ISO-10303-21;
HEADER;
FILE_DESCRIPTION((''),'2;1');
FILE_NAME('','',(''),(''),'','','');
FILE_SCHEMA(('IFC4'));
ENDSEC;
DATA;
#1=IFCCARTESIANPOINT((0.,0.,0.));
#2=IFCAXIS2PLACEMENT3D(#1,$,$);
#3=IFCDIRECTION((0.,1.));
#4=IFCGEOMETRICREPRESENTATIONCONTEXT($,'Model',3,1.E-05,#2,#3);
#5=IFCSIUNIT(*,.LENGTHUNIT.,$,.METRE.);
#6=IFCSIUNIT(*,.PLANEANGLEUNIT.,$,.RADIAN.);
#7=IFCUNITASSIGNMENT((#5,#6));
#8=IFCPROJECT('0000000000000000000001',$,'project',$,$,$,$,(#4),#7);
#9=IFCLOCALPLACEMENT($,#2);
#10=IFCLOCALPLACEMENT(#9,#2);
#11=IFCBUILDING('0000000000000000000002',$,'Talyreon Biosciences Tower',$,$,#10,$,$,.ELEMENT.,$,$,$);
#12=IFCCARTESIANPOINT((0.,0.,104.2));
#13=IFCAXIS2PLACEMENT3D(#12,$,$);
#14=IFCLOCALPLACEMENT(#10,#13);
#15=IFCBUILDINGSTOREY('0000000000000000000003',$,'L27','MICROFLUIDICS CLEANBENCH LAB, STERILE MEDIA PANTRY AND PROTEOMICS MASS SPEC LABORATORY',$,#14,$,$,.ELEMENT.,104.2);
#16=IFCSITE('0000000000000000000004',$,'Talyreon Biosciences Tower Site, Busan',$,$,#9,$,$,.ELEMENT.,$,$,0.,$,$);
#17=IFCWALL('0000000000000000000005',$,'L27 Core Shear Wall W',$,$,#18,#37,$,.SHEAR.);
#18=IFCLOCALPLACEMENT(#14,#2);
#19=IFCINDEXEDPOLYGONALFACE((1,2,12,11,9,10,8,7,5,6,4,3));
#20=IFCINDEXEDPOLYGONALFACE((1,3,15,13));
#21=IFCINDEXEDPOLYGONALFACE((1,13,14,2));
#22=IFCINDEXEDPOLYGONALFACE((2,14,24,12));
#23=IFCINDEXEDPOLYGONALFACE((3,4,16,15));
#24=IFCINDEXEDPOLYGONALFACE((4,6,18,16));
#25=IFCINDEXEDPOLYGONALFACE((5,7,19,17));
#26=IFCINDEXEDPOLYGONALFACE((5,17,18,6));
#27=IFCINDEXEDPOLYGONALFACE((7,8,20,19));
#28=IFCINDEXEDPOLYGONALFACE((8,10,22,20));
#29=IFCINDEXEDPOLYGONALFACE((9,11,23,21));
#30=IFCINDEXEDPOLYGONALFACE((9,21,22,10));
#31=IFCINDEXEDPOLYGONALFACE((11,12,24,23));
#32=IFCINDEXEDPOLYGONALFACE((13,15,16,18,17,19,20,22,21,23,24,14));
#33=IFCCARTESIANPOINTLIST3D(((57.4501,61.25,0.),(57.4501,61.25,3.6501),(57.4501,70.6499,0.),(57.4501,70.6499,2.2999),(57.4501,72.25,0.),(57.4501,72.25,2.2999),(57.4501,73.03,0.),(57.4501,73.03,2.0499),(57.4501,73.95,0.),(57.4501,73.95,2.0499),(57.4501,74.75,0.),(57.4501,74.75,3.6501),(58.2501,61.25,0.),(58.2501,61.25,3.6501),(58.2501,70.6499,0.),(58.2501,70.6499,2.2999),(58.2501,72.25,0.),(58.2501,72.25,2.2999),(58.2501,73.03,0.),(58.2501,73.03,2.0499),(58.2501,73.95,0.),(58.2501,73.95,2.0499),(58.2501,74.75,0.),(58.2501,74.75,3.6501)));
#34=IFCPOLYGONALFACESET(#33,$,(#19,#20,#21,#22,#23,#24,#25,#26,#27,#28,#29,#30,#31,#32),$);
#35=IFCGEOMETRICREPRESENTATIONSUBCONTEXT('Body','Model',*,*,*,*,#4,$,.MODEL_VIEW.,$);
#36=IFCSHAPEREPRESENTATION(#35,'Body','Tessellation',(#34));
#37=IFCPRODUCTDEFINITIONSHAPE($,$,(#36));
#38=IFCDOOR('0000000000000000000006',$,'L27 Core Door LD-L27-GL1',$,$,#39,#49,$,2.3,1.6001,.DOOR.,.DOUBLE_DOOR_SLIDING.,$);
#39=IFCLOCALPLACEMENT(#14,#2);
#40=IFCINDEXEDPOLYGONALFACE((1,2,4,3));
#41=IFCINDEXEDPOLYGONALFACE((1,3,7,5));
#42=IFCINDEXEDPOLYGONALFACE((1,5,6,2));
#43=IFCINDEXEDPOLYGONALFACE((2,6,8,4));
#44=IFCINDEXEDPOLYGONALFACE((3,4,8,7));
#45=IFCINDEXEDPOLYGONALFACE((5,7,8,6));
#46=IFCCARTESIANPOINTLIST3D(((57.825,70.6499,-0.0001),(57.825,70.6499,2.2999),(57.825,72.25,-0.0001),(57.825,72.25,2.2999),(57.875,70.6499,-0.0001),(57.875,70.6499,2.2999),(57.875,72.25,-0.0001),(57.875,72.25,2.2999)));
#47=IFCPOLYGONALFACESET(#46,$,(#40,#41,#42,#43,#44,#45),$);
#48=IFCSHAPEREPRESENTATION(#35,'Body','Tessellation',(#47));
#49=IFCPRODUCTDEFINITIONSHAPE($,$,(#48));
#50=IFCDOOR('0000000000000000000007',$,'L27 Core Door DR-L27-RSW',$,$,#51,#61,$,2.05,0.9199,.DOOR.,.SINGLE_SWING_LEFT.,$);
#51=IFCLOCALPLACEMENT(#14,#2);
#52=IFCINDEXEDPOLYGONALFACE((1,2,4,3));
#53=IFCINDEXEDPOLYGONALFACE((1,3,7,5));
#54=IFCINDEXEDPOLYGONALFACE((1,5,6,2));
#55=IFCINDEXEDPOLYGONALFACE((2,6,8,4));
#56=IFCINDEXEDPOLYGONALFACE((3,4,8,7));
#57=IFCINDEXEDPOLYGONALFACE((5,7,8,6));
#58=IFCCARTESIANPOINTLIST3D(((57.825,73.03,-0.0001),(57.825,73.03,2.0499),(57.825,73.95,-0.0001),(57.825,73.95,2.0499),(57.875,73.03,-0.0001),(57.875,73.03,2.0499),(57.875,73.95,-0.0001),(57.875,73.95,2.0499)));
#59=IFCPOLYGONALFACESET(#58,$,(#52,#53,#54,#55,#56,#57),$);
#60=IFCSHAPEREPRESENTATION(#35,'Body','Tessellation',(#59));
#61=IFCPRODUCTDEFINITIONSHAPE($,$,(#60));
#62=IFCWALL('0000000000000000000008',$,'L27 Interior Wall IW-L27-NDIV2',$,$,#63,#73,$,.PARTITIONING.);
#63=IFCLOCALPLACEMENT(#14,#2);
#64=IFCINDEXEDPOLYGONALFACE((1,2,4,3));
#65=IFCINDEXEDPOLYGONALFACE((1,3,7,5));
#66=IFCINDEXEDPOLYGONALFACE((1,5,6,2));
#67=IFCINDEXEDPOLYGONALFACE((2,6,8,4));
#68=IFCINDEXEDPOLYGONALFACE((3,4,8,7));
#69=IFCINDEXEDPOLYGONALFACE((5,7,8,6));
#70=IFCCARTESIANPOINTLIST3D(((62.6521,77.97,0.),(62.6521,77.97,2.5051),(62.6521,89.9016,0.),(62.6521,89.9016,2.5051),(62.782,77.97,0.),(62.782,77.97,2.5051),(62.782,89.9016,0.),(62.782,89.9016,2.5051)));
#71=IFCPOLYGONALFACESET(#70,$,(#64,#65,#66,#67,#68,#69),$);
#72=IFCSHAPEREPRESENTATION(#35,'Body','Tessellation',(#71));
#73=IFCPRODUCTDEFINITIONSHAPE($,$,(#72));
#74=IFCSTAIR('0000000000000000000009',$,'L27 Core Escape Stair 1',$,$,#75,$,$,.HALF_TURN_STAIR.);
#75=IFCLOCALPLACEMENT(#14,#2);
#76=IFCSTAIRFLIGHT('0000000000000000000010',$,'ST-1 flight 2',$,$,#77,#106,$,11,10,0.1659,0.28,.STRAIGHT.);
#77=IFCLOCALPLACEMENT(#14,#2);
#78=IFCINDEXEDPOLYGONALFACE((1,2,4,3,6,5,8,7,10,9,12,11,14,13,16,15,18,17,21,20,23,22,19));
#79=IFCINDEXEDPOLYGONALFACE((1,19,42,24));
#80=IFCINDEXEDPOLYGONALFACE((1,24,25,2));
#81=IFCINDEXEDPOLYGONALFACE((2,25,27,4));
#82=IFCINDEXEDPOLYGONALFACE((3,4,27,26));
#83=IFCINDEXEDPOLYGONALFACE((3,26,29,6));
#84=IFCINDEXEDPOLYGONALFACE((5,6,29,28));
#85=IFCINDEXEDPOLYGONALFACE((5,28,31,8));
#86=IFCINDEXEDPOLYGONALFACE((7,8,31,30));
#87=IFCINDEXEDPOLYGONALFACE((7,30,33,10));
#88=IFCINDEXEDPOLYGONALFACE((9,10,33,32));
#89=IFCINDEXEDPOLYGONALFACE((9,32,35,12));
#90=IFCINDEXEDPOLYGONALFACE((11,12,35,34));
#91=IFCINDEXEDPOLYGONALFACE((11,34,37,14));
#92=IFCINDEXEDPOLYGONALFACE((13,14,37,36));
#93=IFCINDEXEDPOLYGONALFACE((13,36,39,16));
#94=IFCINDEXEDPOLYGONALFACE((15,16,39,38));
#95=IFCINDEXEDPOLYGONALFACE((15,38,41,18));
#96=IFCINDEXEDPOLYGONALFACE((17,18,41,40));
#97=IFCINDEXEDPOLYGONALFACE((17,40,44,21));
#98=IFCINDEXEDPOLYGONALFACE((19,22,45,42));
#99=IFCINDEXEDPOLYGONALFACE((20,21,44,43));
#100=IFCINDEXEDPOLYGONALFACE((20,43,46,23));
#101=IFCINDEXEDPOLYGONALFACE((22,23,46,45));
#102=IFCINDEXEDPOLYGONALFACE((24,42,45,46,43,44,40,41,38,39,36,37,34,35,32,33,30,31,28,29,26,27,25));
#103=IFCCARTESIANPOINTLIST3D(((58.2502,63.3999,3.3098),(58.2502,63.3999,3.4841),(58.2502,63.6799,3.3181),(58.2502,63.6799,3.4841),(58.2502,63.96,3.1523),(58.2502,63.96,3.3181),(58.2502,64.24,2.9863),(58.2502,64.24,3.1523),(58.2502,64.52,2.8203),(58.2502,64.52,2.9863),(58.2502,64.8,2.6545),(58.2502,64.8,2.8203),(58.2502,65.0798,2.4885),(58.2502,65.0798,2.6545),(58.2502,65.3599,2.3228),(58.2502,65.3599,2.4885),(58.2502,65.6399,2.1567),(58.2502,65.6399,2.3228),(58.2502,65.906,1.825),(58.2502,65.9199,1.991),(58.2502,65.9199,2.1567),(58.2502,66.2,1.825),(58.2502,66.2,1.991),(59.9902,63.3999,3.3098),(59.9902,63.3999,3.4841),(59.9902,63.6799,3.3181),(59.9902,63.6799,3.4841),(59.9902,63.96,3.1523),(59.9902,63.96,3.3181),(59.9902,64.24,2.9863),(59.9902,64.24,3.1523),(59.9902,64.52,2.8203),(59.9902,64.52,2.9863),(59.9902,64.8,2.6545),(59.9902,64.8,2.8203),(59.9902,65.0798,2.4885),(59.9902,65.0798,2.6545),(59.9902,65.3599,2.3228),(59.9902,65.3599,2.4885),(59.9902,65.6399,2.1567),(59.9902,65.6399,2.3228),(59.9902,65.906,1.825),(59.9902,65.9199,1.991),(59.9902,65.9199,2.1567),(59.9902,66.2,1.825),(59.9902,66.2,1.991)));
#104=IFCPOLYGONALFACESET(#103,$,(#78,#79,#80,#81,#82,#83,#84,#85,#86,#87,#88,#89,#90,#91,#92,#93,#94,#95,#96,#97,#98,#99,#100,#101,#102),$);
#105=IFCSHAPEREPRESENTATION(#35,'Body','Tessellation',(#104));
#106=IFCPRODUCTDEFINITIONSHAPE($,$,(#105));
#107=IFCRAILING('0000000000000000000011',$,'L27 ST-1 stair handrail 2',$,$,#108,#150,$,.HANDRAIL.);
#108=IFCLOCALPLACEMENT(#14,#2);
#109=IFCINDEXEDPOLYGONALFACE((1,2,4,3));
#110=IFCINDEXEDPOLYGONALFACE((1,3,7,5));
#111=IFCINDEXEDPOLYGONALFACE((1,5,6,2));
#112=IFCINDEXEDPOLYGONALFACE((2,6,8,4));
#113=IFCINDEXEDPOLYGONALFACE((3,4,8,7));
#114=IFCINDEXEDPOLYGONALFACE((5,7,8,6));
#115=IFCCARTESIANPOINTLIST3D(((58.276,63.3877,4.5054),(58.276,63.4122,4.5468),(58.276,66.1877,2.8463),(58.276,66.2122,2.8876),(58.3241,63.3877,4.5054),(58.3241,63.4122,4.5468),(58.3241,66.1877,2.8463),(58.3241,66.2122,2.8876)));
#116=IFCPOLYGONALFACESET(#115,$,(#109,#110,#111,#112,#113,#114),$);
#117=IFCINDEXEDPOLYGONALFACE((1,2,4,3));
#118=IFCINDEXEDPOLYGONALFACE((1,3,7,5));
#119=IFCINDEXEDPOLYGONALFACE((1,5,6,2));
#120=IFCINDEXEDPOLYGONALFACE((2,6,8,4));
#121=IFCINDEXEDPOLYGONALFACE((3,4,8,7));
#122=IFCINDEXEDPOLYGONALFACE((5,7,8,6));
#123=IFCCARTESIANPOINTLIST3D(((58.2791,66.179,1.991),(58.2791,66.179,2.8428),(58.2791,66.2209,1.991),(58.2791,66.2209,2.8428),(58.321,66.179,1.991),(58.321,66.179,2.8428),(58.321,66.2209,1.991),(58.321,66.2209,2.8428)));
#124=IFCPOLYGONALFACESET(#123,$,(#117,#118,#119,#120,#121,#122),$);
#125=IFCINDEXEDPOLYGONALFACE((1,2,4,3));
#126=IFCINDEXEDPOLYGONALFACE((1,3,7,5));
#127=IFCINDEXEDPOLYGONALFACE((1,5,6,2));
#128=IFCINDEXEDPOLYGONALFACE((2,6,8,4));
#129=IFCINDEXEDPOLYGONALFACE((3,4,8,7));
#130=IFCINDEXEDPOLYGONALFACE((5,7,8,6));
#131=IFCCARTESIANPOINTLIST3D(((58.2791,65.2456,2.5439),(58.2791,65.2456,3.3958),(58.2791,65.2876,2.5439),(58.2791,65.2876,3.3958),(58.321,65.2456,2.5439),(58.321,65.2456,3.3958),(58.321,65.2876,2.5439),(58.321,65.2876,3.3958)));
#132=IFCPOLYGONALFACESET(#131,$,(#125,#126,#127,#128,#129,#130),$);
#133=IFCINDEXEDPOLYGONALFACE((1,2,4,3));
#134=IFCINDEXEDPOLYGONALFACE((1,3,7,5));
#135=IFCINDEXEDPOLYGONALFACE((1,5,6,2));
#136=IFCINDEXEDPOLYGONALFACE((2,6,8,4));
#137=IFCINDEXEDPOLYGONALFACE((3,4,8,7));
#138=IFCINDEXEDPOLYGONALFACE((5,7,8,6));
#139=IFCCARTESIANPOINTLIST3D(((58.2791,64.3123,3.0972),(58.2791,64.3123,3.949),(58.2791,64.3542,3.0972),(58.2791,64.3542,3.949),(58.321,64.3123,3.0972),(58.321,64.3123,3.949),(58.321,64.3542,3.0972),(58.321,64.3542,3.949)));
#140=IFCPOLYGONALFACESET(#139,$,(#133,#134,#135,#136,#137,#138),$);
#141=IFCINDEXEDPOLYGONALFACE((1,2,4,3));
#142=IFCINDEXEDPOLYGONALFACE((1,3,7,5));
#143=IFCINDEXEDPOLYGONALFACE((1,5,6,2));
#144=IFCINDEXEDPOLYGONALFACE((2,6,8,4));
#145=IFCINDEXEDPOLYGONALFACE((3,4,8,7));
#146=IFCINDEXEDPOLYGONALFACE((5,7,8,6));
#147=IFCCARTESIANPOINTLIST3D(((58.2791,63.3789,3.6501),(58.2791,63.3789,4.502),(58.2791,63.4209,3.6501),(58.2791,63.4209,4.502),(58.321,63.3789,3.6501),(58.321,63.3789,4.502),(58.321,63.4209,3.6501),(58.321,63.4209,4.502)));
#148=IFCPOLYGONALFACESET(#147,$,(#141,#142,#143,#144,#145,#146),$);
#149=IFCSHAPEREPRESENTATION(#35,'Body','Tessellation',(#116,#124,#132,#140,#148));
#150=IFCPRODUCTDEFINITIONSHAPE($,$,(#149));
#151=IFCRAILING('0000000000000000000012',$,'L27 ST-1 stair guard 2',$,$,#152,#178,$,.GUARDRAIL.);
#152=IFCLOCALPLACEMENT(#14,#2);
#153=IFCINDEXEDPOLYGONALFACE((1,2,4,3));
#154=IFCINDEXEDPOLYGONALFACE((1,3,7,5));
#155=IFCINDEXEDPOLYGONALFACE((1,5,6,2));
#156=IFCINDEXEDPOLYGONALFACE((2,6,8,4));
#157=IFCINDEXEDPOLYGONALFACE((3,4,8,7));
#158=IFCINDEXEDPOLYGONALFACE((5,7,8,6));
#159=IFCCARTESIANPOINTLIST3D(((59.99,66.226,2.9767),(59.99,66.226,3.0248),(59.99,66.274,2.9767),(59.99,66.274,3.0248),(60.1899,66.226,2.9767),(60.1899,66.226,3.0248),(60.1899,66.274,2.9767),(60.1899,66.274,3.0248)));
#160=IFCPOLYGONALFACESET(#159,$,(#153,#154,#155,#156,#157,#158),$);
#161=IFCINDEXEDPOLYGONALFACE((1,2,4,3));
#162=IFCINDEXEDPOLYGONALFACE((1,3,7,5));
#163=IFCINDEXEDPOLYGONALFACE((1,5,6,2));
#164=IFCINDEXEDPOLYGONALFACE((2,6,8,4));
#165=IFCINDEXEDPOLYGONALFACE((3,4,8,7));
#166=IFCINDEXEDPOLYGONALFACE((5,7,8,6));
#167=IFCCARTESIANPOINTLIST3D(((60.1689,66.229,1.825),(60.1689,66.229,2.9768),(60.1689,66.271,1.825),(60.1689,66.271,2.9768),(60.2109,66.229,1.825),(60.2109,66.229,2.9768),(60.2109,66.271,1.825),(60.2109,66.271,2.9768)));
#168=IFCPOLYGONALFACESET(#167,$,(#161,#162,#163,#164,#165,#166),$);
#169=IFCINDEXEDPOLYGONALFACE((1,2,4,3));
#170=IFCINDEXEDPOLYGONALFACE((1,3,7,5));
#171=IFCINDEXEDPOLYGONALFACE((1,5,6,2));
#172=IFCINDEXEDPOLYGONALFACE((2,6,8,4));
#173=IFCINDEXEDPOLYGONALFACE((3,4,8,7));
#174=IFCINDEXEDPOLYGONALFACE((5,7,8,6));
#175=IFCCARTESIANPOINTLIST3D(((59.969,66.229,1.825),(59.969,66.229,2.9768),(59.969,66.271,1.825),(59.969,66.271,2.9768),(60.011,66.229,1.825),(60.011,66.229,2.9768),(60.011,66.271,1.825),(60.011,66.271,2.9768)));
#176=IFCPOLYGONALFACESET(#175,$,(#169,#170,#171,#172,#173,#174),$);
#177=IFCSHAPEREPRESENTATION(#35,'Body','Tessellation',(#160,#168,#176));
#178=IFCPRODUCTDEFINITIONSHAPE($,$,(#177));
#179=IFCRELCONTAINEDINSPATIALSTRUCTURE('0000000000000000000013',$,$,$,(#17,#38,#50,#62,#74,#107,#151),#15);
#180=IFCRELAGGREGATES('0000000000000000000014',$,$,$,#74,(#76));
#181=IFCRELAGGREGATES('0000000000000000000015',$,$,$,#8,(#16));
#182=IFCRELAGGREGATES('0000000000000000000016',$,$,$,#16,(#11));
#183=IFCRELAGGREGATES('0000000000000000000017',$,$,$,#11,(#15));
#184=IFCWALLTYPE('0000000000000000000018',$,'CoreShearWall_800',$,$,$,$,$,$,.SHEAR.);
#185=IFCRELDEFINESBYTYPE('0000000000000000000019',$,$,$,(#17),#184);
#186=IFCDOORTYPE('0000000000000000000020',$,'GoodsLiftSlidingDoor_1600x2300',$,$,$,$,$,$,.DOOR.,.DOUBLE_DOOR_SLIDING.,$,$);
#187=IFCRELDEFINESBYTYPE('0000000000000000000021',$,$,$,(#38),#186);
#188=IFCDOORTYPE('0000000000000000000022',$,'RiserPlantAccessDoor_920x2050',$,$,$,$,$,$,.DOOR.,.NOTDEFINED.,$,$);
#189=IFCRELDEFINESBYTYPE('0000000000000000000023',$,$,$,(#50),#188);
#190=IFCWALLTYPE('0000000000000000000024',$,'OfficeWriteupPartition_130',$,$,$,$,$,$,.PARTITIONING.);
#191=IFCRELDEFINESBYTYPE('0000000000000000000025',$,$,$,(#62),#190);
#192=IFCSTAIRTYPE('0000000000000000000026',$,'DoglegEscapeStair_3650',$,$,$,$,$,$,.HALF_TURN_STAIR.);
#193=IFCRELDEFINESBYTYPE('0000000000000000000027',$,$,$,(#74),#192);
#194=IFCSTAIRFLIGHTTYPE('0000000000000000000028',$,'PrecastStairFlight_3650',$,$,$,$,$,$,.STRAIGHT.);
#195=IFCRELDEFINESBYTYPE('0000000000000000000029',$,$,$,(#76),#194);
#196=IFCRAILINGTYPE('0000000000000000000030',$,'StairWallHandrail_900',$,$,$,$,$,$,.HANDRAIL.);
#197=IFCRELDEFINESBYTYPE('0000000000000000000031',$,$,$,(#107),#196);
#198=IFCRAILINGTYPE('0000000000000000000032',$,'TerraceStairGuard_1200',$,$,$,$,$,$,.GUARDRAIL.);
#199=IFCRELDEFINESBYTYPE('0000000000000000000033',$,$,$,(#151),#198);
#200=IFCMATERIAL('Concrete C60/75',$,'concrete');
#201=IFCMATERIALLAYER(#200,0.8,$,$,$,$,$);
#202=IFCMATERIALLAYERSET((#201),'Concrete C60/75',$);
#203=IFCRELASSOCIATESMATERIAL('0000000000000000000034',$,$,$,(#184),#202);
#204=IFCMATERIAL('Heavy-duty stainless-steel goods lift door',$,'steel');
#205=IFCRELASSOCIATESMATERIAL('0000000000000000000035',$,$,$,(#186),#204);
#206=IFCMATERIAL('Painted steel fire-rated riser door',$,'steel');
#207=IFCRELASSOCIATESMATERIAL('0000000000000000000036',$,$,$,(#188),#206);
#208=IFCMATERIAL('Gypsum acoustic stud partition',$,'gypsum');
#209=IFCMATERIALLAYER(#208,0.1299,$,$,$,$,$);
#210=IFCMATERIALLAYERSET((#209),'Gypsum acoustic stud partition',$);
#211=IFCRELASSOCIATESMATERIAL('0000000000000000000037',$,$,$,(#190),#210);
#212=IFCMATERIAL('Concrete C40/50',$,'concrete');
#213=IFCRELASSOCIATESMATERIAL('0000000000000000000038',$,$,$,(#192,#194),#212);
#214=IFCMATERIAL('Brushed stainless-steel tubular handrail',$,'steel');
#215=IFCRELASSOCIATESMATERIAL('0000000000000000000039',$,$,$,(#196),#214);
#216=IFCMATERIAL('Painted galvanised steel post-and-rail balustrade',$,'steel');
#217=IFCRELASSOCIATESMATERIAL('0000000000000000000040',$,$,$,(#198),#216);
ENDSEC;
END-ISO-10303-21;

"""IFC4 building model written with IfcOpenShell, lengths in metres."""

from ifc_helpers import new_model, si_unit, direction, frame, frame_2d, origin, origin_2d, place, context, subcontext, project, spatial, polyline, rectangle, outline, extrude, material, layer, layer_set, type_object, element, fill, aggregate, save


model = new_model("IFC4")

# Units and contexts
model_context = context("Model", 3, precision=1e-05, world=origin(), true_north=direction((0.0, 1.0)))
body_context = subcontext(model_context, "Body", "Model", "MODEL_VIEW")
ifc_project = project(units=[si_unit("LENGTHUNIT", "METRE"), si_unit("PLANEANGLEUNIT", "RADIAN")], contexts=[model_context])

# Site, building, storey
site_placement = place(None, origin())
site = spatial("IfcSite", under=ifc_project, at=site_placement, Name="Talyreon Biosciences Tower Site, Busan", CompositionType="ELEMENT", RefElevation=0.0)
building_placement = place(site_placement, origin())
building = spatial("IfcBuilding", under=site, at=building_placement, Name="Talyreon Biosciences Tower", CompositionType="ELEMENT")
storey_placement = place(building_placement, frame((0.0, 0.0, 104.2)))
storey = spatial("IfcBuildingStorey", under=building, at=storey_placement, Name="L27", Description="MICROFLUIDICS CLEANBENCH LAB, STERILE MEDIA PANTRY AND PROTEOMICS MASS SPEC LABORATORY", CompositionType="ELEMENT", Elevation=104.2)

# Shared definitions
ifc_material_1 = material(Name="Concrete C60/75", Category="concrete")

# Shared definitions
ifc_layer_1 = layer(ifc_material_1, 0.8)
ifc_layer_set_1 = layer_set([ifc_layer_1], Name="Concrete C60/75")
wall_type_1 = type_object("IfcWallType", Name="CoreShearWall_800", PredefinedType="SHEAR", material=ifc_layer_set_1)

# Wall, openings, doors
wall_1_placement = place(storey_placement, frame((57.8501, 74.75, 0.0), z_axis=(0.0, 0.0, 1.0), x_axis=(0.0, -1.0, 0.0)))
wall_1 = element("IfcWall", 1, at=wall_1_placement, inside=storey, type_object=wall_type_1, Name="L27 Core Shear Wall W", PredefinedType="SHEAR", context=body_context, shape_type="SweptSolid", body=[
    extrude(rectangle(XDim=13.5, YDim=0.8, at=frame_2d((6.75, 0.0))), origin(), (0.0, 0.0, 1.0), 3.6501),
])
opening_1_placement = place(wall_1_placement, frame((0.8, 0.0, 0.0)))
opening_1 = element("IfcOpeningElement", 2, at=opening_1_placement, cuts=wall_1, PredefinedType="OPENING", context=body_context, shape_type="SweptSolid", body=[
    extrude(rectangle(XDim=0.9199, YDim=2.05, at=frame_2d((0.46, 1.0249))), frame((0.0, 0.4099, 0.0), z_axis=(0.0, -1.0, 0.0), x_axis=(1.0, 0.0, 0.0)), (0.0, 0.0, 1.0), 0.8201),
])
opening_2_placement = place(wall_1_placement, frame((2.5, 0.0, 0.0)))
opening_2 = element("IfcOpeningElement", 3, at=opening_2_placement, cuts=wall_1, PredefinedType="OPENING", context=body_context, shape_type="SweptSolid", body=[
    extrude(rectangle(XDim=1.6001, YDim=2.3, at=frame_2d((0.8, 1.1499))), frame((0.0, 0.4099, 0.0), z_axis=(0.0, -1.0, 0.0), x_axis=(1.0, 0.0, 0.0)), (0.0, 0.0, 1.0), 0.8201),
])
ifc_material_2 = material(Name="Heavy-duty stainless-steel goods lift door", Category="steel")
door_type_1 = type_object("IfcDoorType", Name="GoodsLiftSlidingDoor_1600x2300", OperationType="DOUBLE_DOOR_SLIDING", PredefinedType="DOOR", material=ifc_material_2)
door_1_placement = place(opening_2_placement, origin())
door_1 = element("IfcDoor", 4, at=door_1_placement, inside=storey, type_object=door_type_1, Name="L27 Core Door LD-L27-GL1", OperationType="DOUBLE_DOOR_SLIDING", OverallHeight=2.3, OverallWidth=1.6001, PredefinedType="DOOR", context=body_context, shape_type="SweptSolid", body=[
    extrude(rectangle(XDim=1.6001, YDim=2.3, at=frame_2d((0.8, 1.1499))), frame((0.0, 0.0249, 0.0), z_axis=(0.0, -1.0, 0.0), x_axis=(1.0, 0.0, 0.0)), (0.0, 0.0, 1.0), 0.05),
])
fill(opening_2, door_1)
ifc_material_3 = material(Name="Painted steel fire-rated riser door", Category="steel")
door_type_2 = type_object("IfcDoorType", Name="RiserPlantAccessDoor_920x2050", OperationType="NOTDEFINED", PredefinedType="DOOR", material=ifc_material_3)
door_2_placement = place(opening_1_placement, origin())
door_2 = element("IfcDoor", 5, at=door_2_placement, inside=storey, type_object=door_type_2, Name="L27 Core Door DR-L27-RSW", OperationType="SINGLE_SWING_LEFT", OverallHeight=2.05, OverallWidth=0.9199, PredefinedType="DOOR", context=body_context, shape_type="SweptSolid", body=[
    extrude(rectangle(XDim=0.9199, YDim=2.05, at=frame_2d((0.46, 1.0249))), frame((0.0, 0.0249, 0.0), z_axis=(0.0, -1.0, 0.0), x_axis=(1.0, 0.0, 0.0)), (0.0, 0.0, 1.0), 0.05),
])
fill(opening_1, door_2)

# Wall
ifc_material_4 = material(Name="Gypsum acoustic stud partition", Category="gypsum")
ifc_layer_2 = layer(ifc_material_4, 0.1299)
ifc_layer_set_2 = layer_set([ifc_layer_2], Name="Gypsum acoustic stud partition")
wall_type_2 = type_object("IfcWallType", Name="OfficeWriteupPartition_130", PredefinedType="PARTITIONING", material=ifc_layer_set_2)
wall_2_placement = place(storey_placement, frame((62.717, 77.97, 0.0), z_axis=(0.0, 0.0, 1.0), x_axis=(0.0, 1.0, 0.0)))
element("IfcWall", 6, at=wall_2_placement, inside=storey, type_object=wall_type_2, Name="L27 Interior Wall IW-L27-NDIV2", PredefinedType="PARTITIONING", context=body_context, shape_type="SweptSolid", body=[
    extrude(rectangle(XDim=11.9316, YDim=0.1299, at=frame_2d((5.9658, 0.0))), origin(), (0.0, 0.0, 1.0), 2.5051),
])

# Stair, stair flight
ifc_material_5 = material(Name="Concrete C40/50", Category="concrete")
stair_type = type_object("IfcStairType", Name="DoglegEscapeStair_3650", PredefinedType="HALF_TURN_STAIR", material=ifc_material_5)
stair_placement = place(storey_placement, origin())
stair = element("IfcStair", 7, at=stair_placement, inside=storey, type_object=stair_type, Name="L27 Core Escape Stair 1", PredefinedType="HALF_TURN_STAIR")
stair_flight_type = type_object("IfcStairFlightType", Name="PrecastStairFlight_3650", PredefinedType="STRAIGHT", material=ifc_material_5)
stair_flight_placement = place(storey_placement, frame((59.1201, 66.2, 1.825), z_axis=(0.0, 0.0, 1.0), x_axis=(0.0, -1.0, 0.0)))
stair_flight = element("IfcStairFlight", 8, at=stair_flight_placement, type_object=stair_flight_type, Name="ST-1 flight 2", NumberOfRisers=11, NumberOfTreads=10, PredefinedType="STRAIGHT", RiserHeight=0.1659, TreadLength=0.28, context=body_context, shape_type="SweptSolid", body=[
    extrude(outline(polyline([(0.0, 0.0), (0.0, 0.166), (0.28, 0.166), (0.28, 0.3318), (0.5601, 0.3318), (0.5601, 0.4978), (0.8401, 0.4978), (0.8401, 0.6636), (1.1201, 0.6636), (1.1201, 0.8296), (1.3999, 0.8296), (1.3999, 0.9954), (1.6799, 0.9954), (1.6799, 1.1614), (1.96, 1.1614), (1.96, 1.3274), (2.24, 1.3274), (2.24, 1.4932), (2.52, 1.4932), (2.52, 1.6592), (2.8, 1.6592), (2.8, 1.825), (2.8, 1.4849), (0.2939, 0.0), (0.0, 0.0)])), frame((0.0, 0.8701, 0.0), z_axis=(0.0, -1.0, 0.0), x_axis=(1.0, 0.0, 0.0)), (0.0, 0.0, 1.0), 1.74),
])
aggregate(stair, [stair_flight])

# Railings
ifc_material_6 = material(Name="Brushed stainless-steel tubular handrail", Category="steel")
railing_type_1 = type_object("IfcRailingType", Name="StairWallHandrail_900", PredefinedType="HANDRAIL", material=ifc_material_6)
railing_1_placement = place(storey_placement, frame((58.3, 66.2, 1.991)))
element("IfcRailing", 9, at=railing_1_placement, inside=storey, type_object=railing_type_1, Name="L27 ST-1 stair handrail 2", PredefinedType="HANDRAIL", context=body_context, shape_type="SweptSolid", body=[
    extrude(rectangle(XDim=0.0481, YDim=0.0481, at=origin_2d()), frame((0.0, 0.0, 0.876), z_axis=(0.0, -0.860306, 0.509778), x_axis=(1.0, 0.0, 0.0)), (0.0, 0.0, 1.0), 3.2546),
    extrude(rectangle(XDim=0.042, YDim=0.042, at=origin_2d()), origin(), (0.0, 0.0, 1.0), 0.8518),
    extrude(rectangle(XDim=0.042, YDim=0.042, at=origin_2d()), frame((0.0, -0.9333, 0.553)), (0.0, 0.0, 1.0), 0.8518),
    extrude(rectangle(XDim=0.042, YDim=0.042, at=origin_2d()), frame((0.0, -1.8667, 1.1062)), (0.0, 0.0, 1.0), 0.8518),
    extrude(rectangle(XDim=0.042, YDim=0.042, at=origin_2d()), frame((0.0, -2.8, 1.6592)), (0.0, 0.0, 1.0), 0.8518),
])
ifc_material_7 = material(Name="Painted galvanised steel post-and-rail balustrade", Category="steel")
railing_type_2 = type_object("IfcRailingType", Name="TerraceStairGuard_1200", PredefinedType="GUARDRAIL", material=ifc_material_7)
railing_2_placement = place(storey_placement, frame((60.1899, 66.25, 1.825)))
element("IfcRailing", 10, at=railing_2_placement, inside=storey, type_object=railing_type_2, Name="L27 ST-1 stair guard 2", PredefinedType="GUARDRAIL", context=body_context, shape_type="SweptSolid", body=[
    extrude(rectangle(XDim=0.0481, YDim=0.0481, at=origin_2d()), frame((0.0, 0.0, 1.1758), z_axis=(-1.0, 0.0, 0.0), x_axis=(0.0, -1.0, 0.0)), (0.0, 0.0, 1.0), 0.2),
    extrude(rectangle(XDim=0.042, YDim=0.042, at=origin_2d()), origin(), (0.0, 0.0, 1.0), 1.1519),
    extrude(rectangle(XDim=0.042, YDim=0.042, at=origin_2d()), frame((-0.2, 0.0, 0.0)), (0.0, 0.0, 1.0), 1.1519),
])

save(model, "model.ifc")
